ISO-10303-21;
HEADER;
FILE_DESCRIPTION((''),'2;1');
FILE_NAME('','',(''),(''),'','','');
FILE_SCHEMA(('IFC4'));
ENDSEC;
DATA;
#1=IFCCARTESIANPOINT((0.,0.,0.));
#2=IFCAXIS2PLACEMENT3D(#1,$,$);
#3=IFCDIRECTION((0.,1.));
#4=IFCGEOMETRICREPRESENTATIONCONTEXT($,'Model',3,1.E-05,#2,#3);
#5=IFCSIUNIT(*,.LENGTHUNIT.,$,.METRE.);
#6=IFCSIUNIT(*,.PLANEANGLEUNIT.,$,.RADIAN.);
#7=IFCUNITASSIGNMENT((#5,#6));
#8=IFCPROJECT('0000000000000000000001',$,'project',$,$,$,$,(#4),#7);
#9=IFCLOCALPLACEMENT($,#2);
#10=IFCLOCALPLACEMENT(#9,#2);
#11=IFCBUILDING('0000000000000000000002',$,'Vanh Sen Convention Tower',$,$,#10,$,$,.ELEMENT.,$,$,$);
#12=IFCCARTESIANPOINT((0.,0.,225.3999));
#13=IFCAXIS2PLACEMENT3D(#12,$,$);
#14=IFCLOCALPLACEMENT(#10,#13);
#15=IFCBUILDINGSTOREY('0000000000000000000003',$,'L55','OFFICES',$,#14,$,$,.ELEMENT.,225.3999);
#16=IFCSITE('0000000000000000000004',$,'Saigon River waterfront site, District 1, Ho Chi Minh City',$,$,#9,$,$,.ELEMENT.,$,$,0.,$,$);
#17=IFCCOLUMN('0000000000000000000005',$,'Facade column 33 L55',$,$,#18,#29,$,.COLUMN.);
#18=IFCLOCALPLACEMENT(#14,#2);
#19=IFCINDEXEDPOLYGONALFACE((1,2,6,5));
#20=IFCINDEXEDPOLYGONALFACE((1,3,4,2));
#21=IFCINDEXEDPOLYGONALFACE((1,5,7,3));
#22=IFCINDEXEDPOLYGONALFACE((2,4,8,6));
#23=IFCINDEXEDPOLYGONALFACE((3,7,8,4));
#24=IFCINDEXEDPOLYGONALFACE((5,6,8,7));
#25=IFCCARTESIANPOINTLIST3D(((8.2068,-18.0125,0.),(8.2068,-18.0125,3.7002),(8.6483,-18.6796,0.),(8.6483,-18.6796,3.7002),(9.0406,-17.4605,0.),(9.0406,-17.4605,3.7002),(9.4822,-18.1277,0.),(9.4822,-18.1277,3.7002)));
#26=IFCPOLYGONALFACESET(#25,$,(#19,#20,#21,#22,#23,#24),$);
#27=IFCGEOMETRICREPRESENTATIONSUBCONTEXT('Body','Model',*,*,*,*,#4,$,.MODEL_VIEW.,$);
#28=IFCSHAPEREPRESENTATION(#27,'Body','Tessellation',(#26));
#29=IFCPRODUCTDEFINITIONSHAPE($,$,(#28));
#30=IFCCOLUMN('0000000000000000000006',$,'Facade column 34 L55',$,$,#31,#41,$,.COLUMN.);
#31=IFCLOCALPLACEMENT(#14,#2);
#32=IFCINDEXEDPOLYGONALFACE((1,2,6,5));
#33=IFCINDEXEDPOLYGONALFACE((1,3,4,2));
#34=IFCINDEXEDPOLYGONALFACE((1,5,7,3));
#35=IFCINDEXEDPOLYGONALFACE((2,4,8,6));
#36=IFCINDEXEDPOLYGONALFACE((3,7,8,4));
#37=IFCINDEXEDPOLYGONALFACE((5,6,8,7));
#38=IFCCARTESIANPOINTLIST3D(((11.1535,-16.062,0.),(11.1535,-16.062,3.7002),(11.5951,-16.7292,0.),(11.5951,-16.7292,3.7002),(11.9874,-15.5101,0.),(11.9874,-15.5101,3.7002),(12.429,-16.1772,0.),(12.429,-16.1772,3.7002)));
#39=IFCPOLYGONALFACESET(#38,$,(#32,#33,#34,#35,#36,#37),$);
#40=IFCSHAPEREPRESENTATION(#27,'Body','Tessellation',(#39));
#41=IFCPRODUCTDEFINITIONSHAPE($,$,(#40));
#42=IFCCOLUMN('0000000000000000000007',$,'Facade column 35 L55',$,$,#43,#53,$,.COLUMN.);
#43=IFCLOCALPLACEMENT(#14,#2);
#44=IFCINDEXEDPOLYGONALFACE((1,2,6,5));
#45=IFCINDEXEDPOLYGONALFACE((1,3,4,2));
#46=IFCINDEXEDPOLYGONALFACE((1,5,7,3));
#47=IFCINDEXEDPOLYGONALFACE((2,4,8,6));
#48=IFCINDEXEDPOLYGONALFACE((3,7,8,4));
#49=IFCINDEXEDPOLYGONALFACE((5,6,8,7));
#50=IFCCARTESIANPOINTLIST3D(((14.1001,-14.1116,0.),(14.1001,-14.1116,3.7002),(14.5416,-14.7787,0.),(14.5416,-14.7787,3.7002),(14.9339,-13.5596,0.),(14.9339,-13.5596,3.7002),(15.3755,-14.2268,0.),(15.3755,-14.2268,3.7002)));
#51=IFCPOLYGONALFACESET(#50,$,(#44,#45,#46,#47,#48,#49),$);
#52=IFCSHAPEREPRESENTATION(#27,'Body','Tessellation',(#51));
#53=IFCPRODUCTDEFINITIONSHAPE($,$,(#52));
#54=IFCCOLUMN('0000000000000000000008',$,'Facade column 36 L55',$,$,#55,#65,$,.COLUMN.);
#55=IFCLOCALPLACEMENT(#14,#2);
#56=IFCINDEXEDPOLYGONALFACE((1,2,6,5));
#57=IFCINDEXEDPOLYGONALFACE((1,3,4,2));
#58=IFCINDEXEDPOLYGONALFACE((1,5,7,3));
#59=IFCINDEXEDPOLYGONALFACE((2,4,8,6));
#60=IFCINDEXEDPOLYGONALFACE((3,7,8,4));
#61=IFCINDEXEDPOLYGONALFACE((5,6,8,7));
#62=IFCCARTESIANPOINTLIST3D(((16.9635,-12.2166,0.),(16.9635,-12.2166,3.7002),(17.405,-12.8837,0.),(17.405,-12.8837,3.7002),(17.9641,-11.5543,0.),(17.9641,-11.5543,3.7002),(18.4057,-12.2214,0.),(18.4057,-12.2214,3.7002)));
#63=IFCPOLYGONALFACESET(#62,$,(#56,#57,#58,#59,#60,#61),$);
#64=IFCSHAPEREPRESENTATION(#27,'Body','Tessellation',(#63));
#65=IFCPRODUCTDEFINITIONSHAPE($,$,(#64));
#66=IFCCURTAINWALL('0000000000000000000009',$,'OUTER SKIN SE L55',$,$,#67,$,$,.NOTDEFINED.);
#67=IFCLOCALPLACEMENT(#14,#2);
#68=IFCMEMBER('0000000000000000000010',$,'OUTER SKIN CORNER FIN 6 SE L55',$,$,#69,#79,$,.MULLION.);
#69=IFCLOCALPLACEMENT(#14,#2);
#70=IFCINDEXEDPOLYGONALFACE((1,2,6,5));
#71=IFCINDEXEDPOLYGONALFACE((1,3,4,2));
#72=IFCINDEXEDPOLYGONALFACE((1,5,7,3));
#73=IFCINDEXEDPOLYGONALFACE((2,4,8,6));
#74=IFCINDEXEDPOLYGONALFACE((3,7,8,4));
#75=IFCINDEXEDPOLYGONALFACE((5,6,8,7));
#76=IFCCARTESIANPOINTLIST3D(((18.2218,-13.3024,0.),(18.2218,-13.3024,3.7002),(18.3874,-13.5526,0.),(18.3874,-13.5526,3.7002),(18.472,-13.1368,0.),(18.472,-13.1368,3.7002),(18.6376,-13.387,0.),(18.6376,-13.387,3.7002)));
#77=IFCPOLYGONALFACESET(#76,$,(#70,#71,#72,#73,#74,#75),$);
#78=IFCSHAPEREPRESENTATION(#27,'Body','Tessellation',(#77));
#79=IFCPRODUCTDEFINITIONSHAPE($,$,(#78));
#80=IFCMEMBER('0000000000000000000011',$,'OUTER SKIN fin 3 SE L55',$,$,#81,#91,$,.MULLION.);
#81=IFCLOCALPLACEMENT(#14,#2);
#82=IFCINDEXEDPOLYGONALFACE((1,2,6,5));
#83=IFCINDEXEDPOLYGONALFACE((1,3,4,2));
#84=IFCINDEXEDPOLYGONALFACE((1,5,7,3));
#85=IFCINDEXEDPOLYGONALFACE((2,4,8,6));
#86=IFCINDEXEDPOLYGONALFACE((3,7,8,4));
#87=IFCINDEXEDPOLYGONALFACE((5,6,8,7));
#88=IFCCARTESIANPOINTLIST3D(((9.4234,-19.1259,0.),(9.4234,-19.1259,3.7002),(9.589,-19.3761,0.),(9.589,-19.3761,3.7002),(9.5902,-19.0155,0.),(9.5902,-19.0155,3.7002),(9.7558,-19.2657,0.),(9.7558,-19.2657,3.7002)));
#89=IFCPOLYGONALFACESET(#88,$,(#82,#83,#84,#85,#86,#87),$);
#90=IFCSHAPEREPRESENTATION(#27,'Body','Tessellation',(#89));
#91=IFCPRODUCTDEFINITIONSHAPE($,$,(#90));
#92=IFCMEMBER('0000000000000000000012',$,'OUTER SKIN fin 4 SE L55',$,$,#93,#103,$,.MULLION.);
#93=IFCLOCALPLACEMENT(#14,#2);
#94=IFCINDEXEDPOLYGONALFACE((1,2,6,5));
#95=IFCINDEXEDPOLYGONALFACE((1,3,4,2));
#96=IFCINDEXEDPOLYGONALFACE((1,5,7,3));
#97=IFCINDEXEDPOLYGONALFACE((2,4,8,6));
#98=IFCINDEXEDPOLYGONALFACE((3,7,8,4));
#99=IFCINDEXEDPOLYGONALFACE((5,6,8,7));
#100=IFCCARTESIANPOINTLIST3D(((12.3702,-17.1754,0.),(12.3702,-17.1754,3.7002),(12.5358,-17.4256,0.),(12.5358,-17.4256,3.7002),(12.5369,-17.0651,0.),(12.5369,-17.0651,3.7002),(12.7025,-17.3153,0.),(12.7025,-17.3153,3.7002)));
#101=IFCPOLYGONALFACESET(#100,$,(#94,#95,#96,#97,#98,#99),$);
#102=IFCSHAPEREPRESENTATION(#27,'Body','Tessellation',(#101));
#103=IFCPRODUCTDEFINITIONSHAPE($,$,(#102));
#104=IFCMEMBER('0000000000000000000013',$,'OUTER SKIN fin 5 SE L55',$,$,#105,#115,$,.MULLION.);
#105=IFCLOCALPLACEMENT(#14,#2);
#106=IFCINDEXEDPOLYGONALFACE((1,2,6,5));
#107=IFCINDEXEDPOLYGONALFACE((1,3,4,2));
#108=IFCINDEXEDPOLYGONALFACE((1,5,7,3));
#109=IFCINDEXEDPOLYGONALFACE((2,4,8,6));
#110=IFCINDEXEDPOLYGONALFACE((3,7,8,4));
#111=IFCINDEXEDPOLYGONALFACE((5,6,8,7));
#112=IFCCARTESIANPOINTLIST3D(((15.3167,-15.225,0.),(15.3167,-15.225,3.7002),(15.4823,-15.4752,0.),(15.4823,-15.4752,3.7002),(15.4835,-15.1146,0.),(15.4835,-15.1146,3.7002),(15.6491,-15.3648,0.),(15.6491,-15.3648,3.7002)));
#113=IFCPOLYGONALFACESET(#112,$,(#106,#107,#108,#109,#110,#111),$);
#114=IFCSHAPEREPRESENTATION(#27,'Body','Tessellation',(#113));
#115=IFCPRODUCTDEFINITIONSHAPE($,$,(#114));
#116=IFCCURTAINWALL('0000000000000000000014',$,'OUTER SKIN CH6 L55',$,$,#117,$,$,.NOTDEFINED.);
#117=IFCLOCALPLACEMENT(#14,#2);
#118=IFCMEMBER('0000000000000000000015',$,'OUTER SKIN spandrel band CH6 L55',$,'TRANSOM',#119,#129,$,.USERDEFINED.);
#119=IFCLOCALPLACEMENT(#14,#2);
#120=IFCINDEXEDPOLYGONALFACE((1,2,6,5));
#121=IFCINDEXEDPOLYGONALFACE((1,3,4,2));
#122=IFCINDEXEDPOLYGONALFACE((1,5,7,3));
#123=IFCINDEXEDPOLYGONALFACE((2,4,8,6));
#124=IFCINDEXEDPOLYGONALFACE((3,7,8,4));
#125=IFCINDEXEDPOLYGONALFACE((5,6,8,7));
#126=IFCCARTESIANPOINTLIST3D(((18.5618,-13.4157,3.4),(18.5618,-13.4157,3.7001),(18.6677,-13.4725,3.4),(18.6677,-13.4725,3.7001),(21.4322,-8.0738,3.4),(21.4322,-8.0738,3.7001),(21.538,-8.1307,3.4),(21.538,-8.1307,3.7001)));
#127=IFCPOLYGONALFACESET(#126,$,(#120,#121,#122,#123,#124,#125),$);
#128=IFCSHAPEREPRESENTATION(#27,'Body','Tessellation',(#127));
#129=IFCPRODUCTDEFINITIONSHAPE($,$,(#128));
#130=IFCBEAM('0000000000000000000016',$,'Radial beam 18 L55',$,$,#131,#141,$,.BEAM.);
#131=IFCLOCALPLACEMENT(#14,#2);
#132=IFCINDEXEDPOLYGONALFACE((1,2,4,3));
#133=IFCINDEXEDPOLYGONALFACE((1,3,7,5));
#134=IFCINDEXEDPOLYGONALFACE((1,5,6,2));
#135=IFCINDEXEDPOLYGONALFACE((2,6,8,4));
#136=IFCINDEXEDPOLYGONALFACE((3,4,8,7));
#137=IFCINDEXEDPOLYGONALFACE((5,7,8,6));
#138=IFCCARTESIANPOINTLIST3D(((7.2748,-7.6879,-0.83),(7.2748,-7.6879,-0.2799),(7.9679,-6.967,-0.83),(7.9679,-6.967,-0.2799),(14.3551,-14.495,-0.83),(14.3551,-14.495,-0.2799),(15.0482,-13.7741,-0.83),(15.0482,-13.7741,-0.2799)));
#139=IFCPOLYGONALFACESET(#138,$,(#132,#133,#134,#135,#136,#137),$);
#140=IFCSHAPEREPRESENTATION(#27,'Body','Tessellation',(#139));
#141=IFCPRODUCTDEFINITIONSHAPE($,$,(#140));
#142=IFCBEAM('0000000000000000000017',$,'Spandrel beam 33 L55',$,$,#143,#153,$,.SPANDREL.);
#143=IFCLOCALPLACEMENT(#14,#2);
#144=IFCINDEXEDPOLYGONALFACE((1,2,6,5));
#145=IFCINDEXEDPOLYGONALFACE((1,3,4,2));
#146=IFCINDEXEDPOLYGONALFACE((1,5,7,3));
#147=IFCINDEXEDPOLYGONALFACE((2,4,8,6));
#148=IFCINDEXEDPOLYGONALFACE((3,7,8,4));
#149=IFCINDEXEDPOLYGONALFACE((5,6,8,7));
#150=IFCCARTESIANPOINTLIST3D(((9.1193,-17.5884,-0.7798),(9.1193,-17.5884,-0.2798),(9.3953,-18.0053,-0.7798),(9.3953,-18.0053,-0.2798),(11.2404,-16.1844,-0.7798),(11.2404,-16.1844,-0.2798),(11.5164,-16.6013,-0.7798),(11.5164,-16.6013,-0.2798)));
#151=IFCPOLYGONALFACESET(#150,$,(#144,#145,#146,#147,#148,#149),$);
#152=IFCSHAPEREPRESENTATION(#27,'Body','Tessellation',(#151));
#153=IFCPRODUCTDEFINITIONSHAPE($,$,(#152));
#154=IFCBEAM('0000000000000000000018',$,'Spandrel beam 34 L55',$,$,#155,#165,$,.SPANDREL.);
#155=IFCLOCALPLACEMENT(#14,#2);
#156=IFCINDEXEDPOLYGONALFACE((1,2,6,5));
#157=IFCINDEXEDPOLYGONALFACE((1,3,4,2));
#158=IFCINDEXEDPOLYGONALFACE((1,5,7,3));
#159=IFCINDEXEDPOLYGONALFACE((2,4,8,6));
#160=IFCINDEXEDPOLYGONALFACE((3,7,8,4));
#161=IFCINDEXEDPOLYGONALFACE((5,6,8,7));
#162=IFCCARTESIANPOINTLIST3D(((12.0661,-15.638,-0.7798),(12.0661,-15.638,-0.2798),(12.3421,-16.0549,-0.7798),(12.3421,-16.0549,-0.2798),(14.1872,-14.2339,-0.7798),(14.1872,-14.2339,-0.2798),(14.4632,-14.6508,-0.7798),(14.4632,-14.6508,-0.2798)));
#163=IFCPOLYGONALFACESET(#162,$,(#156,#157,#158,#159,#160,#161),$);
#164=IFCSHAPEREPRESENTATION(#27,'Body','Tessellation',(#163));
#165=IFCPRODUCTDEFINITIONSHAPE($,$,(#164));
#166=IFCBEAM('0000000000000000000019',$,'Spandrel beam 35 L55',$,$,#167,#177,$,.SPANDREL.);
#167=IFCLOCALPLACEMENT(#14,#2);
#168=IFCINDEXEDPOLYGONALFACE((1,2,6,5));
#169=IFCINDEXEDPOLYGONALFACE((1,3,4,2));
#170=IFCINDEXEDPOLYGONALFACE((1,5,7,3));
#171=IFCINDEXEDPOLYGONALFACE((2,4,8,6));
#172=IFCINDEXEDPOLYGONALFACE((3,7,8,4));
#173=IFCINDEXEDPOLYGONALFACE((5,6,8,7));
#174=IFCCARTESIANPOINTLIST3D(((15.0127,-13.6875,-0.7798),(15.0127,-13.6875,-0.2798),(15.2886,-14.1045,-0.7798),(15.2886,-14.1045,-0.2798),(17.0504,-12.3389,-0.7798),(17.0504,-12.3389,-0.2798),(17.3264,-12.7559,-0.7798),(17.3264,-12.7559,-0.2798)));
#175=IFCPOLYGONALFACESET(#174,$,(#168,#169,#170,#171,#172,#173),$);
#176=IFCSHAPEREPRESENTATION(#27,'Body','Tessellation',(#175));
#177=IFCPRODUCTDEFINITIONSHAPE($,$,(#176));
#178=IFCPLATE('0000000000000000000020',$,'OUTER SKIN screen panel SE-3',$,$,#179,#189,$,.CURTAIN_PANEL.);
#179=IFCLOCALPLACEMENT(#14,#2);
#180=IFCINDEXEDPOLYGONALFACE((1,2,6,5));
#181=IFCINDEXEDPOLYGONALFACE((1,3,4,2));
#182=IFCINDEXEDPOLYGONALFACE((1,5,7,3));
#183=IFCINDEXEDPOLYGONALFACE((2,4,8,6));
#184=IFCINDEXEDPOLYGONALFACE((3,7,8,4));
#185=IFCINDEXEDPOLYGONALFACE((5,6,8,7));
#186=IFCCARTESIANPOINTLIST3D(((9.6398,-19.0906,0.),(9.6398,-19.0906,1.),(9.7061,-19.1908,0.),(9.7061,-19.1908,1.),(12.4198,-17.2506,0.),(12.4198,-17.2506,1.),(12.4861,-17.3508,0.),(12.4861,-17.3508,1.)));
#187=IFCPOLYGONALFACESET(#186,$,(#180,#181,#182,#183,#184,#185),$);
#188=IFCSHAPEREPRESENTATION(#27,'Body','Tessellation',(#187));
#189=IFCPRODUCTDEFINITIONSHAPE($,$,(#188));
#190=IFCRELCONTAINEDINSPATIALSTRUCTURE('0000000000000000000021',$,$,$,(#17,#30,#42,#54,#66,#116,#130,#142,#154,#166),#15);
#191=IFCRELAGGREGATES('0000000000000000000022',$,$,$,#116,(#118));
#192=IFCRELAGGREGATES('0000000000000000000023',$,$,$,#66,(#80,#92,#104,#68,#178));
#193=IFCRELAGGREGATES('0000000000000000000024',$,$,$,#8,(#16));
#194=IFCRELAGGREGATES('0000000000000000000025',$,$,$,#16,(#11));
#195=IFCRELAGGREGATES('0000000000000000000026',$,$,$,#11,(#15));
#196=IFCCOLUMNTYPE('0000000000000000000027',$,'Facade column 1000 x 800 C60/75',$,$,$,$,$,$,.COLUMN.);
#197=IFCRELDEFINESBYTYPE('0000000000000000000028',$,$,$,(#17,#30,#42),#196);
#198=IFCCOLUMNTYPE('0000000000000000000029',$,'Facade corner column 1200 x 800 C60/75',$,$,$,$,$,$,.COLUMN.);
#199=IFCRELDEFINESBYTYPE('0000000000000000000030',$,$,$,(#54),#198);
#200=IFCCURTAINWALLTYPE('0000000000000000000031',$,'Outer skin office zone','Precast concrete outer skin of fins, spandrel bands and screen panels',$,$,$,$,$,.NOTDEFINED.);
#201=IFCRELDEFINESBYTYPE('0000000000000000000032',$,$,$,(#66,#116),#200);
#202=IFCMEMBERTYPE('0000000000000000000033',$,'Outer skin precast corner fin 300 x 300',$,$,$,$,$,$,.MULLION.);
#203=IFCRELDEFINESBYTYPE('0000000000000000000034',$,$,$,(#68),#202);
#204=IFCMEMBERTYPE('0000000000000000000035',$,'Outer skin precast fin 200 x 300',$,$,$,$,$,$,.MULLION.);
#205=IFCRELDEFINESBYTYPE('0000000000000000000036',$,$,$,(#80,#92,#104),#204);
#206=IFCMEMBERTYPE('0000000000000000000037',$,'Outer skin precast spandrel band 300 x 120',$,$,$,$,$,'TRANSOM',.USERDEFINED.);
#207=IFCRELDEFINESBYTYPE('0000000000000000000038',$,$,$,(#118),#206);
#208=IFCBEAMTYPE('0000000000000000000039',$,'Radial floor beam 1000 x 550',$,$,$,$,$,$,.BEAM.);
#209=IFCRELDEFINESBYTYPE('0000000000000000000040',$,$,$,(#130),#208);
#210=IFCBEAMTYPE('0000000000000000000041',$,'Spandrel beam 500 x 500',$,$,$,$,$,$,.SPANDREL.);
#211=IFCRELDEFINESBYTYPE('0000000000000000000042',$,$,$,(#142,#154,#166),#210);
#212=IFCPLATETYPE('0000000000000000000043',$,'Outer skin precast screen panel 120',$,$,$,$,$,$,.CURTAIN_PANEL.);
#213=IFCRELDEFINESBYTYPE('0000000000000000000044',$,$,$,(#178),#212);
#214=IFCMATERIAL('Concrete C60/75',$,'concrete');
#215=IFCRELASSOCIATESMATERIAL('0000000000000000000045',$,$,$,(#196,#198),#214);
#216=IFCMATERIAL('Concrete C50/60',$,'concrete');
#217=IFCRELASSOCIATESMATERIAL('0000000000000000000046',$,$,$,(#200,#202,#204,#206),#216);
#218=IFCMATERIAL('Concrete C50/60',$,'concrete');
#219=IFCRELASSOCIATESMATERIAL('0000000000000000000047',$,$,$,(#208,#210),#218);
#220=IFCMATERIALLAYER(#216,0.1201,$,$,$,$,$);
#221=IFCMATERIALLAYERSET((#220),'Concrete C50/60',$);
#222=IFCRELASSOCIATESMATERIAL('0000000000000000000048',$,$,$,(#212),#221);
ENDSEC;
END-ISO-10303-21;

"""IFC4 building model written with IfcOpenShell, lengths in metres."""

from ifc_helpers import new_model, si_unit, direction, frame, origin, origin_2d, place, context, subcontext, project, spatial, rectangle, extrude, material, layer, layer_set, material_profile, profile_set, type_object, element, aggregate, save


model = new_model("IFC4")

# Units and contexts
model_context = context("Model", 3, precision=1e-05, world=origin(), true_north=direction((0.0, 1.0)))
body_context = subcontext(model_context, "Body", "Model", "MODEL_VIEW")
ifc_project = project(units=[si_unit("LENGTHUNIT", "METRE"), si_unit("PLANEANGLEUNIT", "RADIAN")], contexts=[model_context])

# Site, building, storey
site_placement = place(None, origin())
site = spatial("IfcSite", under=ifc_project, at=site_placement, Name="Saigon River waterfront site, District 1, Ho Chi Minh City", CompositionType="ELEMENT", RefElevation=0.0)
building_placement = place(site_placement, origin())
building = spatial("IfcBuilding", under=site, at=building_placement, Name="Vanh Sen Convention Tower", CompositionType="ELEMENT")
storey_placement = place(building_placement, frame((0.0, 0.0, 225.3999)))
storey = spatial("IfcBuildingStorey", under=building, at=storey_placement, Name="L55", Description="OFFICES", CompositionType="ELEMENT", Elevation=225.3999)

# Columns
ifc_material_1 = material(Name="Concrete C60/75", Category="concrete")
ifc_material_profile_1 = material_profile(ifc_material_1, rectangle(XDim=1.0, YDim=0.8, at=origin_2d()), Name="RC 1000X800")
ifc_profile_set_1 = profile_set([ifc_material_profile_1], Name="Concrete C60/75")
column_type_1 = type_object("IfcColumnType", Name="Facade column 1000 x 800 C60/75", PredefinedType="COLUMN", material=ifc_profile_set_1)
for number, where, z_axis, x_axis, name in (
    (1, (8.8445, -18.0701, 0.0), (0.0, 0.0, 1.0), (0.833886, 0.551937, 0.0), "Facade column 33 L55"),
    (2, (11.7913, -16.1196, 0.0), (0.0, 0.0, 1.0), (0.833886, 0.551937, 0.0), "Facade column 34 L55"),
    (3, (14.7378, -14.1692, 0.0), (0.0, 0.0, 1.0), (0.833886, 0.551937, 0.0), "Facade column 35 L55"),
):
    element("IfcColumn", number, at=place(storey_placement, frame(where, z_axis=z_axis, x_axis=x_axis)), inside=storey, type_object=column_type_1, Name=name, PredefinedType="COLUMN", context=body_context, shape_type="SweptSolid", body=[
        extrude(rectangle(XDim=1.0, YDim=0.8, at=origin_2d()), origin(), (0.0, 0.0, 1.0), 3.7002),
    ])
ifc_material_profile_2 = material_profile(ifc_material_1, rectangle(XDim=1.2, YDim=0.8, at=origin_2d()), Name="RC 1200X800")
ifc_profile_set_2 = profile_set([ifc_material_profile_2], Name="Concrete C60/75")
column_type_2 = type_object("IfcColumnType", Name="Facade corner column 1200 x 800 C60/75", PredefinedType="COLUMN", material=ifc_profile_set_2)
column_placement = place(storey_placement, frame((17.6846, -12.219, 0.0), z_axis=(0.0, 0.0, 1.0), x_axis=(0.833886, 0.551937, 0.0)))
element("IfcColumn", 4, at=column_placement, inside=storey, type_object=column_type_2, Name="Facade column 36 L55", PredefinedType="COLUMN", context=body_context, shape_type="SweptSolid", body=[
    extrude(rectangle(XDim=1.2, YDim=0.8, at=origin_2d()), origin(), (0.0, 0.0, 1.0), 3.7002),
])

# Curtain wall, members
ifc_material_2 = material(Name="Concrete C50/60", Category="concrete")
curtain_wall_type = type_object("IfcCurtainWallType", Name="Outer skin office zone", Description="Precast concrete outer skin of fins, spandrel bands and screen panels", PredefinedType="NOTDEFINED", material=ifc_material_2)
curtain_wall_1_placement = place(storey_placement, origin())
curtain_wall_1 = element("IfcCurtainWall", 5, at=curtain_wall_1_placement, inside=storey, type_object=curtain_wall_type, Name="OUTER SKIN SE L55", PredefinedType="NOTDEFINED")
ifc_material_profile_3 = material_profile(ifc_material_2, rectangle(XDim=0.3, YDim=0.3, at=origin_2d()), Name="Outer skin precast corner fin 300 x 300")
ifc_profile_set_3 = profile_set([ifc_material_profile_3], Name="Concrete C50/60")
member_type_1 = type_object("IfcMemberType", Name="Outer skin precast corner fin 300 x 300", PredefinedType="MULLION", material=ifc_profile_set_3)
member_1_placement = place(storey_placement, frame((18.4297, -13.3447, 0.0), z_axis=(0.0, 0.0, 1.0), x_axis=(0.833886, 0.551937, 0.0)))
member_1 = element("IfcMember", 6, at=member_1_placement, type_object=member_type_1, Name="OUTER SKIN CORNER FIN 6 SE L55", PredefinedType="MULLION", context=body_context, shape_type="SweptSolid", body=[
    extrude(rectangle(XDim=0.3, YDim=0.3, at=origin_2d()), origin(), (0.0, 0.0, 1.0), 3.7002),
])
ifc_material_profile_4 = material_profile(ifc_material_2, rectangle(XDim=0.2, YDim=0.3, at=origin_2d()), Name="Outer skin precast fin 200 x 300")
ifc_profile_set_4 = profile_set([ifc_material_profile_4], Name="Concrete C50/60")
member_type_2 = type_object("IfcMemberType", Name="Outer skin precast fin 200 x 300", PredefinedType="MULLION", material=ifc_profile_set_4)
member_2_placement = place(storey_placement, frame((9.5896, -19.1958, 0.0), z_axis=(0.0, 0.0, 1.0), x_axis=(0.833886, 0.551937, 0.0)))
member_2 = element("IfcMember", 7, at=member_2_placement, type_object=member_type_2, Name="OUTER SKIN fin 3 SE L55", PredefinedType="MULLION", context=body_context, shape_type="SweptSolid", body=[
    extrude(rectangle(XDim=0.2, YDim=0.3, at=origin_2d()), origin(), (0.0, 0.0, 1.0), 3.7002),
])
member_3_placement = place(storey_placement, frame((12.5364, -17.2454, 0.0), z_axis=(0.0, 0.0, 1.0), x_axis=(0.833886, 0.551937, 0.0)))
member_3 = element("IfcMember", 8, at=member_3_placement, type_object=member_type_2, Name="OUTER SKIN fin 4 SE L55", PredefinedType="MULLION", context=body_context, shape_type="SweptSolid", body=[
    extrude(rectangle(XDim=0.2, YDim=0.3, at=origin_2d()), origin(), (0.0, 0.0, 1.0), 3.7002),
])
member_4_placement = place(storey_placement, frame((15.4829, -15.2949, 0.0), z_axis=(0.0, 0.0, 1.0), x_axis=(0.833886, 0.551937, 0.0)))
member_4 = element("IfcMember", 9, at=member_4_placement, type_object=member_type_2, Name="OUTER SKIN fin 5 SE L55", PredefinedType="MULLION", context=body_context, shape_type="SweptSolid", body=[
    extrude(rectangle(XDim=0.2, YDim=0.3, at=origin_2d()), origin(), (0.0, 0.0, 1.0), 3.7002),
])

# Curtain wall, member
curtain_wall_2_placement = place(storey_placement, origin())
curtain_wall_2 = element("IfcCurtainWall", 10, at=curtain_wall_2_placement, inside=storey, type_object=curtain_wall_type, Name="OUTER SKIN CH6 L55", PredefinedType="NOTDEFINED")
ifc_material_profile_5 = material_profile(ifc_material_2, rectangle(XDim=0.1201, YDim=0.3, at=origin_2d()), Name="Outer skin precast spandrel band 300 x 120")
ifc_profile_set_5 = profile_set([ifc_material_profile_5], Name="Concrete C50/60")
member_type_3 = type_object("IfcMemberType", Name="Outer skin precast spandrel band 300 x 120", ElementType="TRANSOM", PredefinedType="USERDEFINED", material=ifc_profile_set_5)
member_5_placement = place(storey_placement, frame((18.6147, -13.4441, 3.55), z_axis=(0.473334, 0.880883, 0.0), x_axis=(-0.880883, 0.473334, 0.0)))
member_5 = element("IfcMember", 11, at=member_5_placement, type_object=member_type_3, Name="OUTER SKIN spandrel band CH6 L55", ObjectType="TRANSOM", PredefinedType="USERDEFINED", context=body_context, shape_type="SweptSolid", body=[
    extrude(rectangle(XDim=0.1201, YDim=0.3, at=origin_2d()), origin(), (0.0, 0.0, 1.0), 6.0642),
])
aggregate(curtain_wall_2, [member_5])

# Beams
ifc_material_3 = material(Name="Concrete C50/60", Category="concrete")
ifc_material_profile_6 = material_profile(ifc_material_3, rectangle(XDim=1.0, YDim=0.55, at=origin_2d()), Name="RC 1000X550")
ifc_profile_set_6 = profile_set([ifc_material_profile_6], Name="Concrete C50/60")
beam_type_1 = type_object("IfcBeamType", Name="Radial floor beam 1000 x 550", PredefinedType="BEAM", material=ifc_profile_set_6)
beam_1_placement = place(storey_placement, frame((14.7017, -14.1345, -0.5549), z_axis=(-0.720877, 0.693063, 0.0), x_axis=(-0.693063, -0.720877, 0.0)))
element("IfcBeam", 12, at=beam_1_placement, inside=storey, type_object=beam_type_1, Name="Radial beam 18 L55", PredefinedType="BEAM", context=body_context, shape_type="SweptSolid", body=[
    extrude(rectangle(XDim=1.0, YDim=0.55, at=origin_2d()), origin(), (0.0, 0.0, 1.0), 9.8218),
])
ifc_material_profile_7 = material_profile(ifc_material_3, rectangle(XDim=0.5, YDim=0.5, at=origin_2d()), Name="RC 500X500")
ifc_profile_set_7 = profile_set([ifc_material_profile_7], Name="Concrete C50/60")
beam_type_2 = type_object("IfcBeamType", Name="Spandrel beam 500 x 500", PredefinedType="SPANDREL", material=ifc_profile_set_7)
for number, where, z_axis, x_axis, name in (
    (13, (9.2573, -17.7969, -0.5298), (0.833862, 0.551973, 0.0), (-0.551973, 0.833862, 0.0), "Spandrel beam 33 L55"),
    (14, (12.2041, -15.8464, -0.5298), (0.833862, 0.551973, 0.0), (-0.551973, 0.833862, 0.0), "Spandrel beam 34 L55"),
):
    element("IfcBeam", number, at=place(storey_placement, frame(where, z_axis=z_axis, x_axis=x_axis)), inside=storey, type_object=beam_type_2, Name=name, PredefinedType="SPANDREL", context=body_context, shape_type="SweptSolid", body=[
        extrude(rectangle(XDim=0.5, YDim=0.5, at=origin_2d()), origin(), (0.0, 0.0, 1.0), 2.5437),
    ])
beam_2_placement = place(storey_placement, frame((15.1506, -13.896, -0.5298), z_axis=(0.833921, 0.551884, 0.0), x_axis=(-0.551884, 0.833921, 0.0)))
element("IfcBeam", 15, at=beam_2_placement, inside=storey, type_object=beam_type_2, Name="Spandrel beam 35 L55", PredefinedType="SPANDREL", context=body_context, shape_type="SweptSolid", body=[
    extrude(rectangle(XDim=0.5, YDim=0.5, at=origin_2d()), origin(), (0.0, 0.0, 1.0), 2.4436),
])

# Plate
ifc_layer_1 = layer(ifc_material_2, 0.1201)
ifc_layer_set_1 = layer_set([ifc_layer_1], Name="Concrete C50/60")
plate_type = type_object("IfcPlateType", Name="Outer skin precast screen panel 120", PredefinedType="CURTAIN_PANEL", material=ifc_layer_set_1)
plate_1_placement = place(storey_placement, frame((11.063, -18.2207, 0.0), z_axis=(0.0, 0.0, 1.0), x_axis=(0.833896, 0.551921, 0.0)))
plate_1 = element("IfcPlate", 16, at=plate_1_placement, type_object=plate_type, Name="OUTER SKIN screen panel SE-3", PredefinedType="CURTAIN_PANEL", context=body_context, shape_type="SweptSolid", body=[
    extrude(rectangle(XDim=3.3337, YDim=0.1201, at=origin_2d()), origin(), (0.0, 0.0, 1.0), 1.0),
])
aggregate(curtain_wall_1, [member_2, member_3, member_4, member_1, plate_1])

save(model, "model.ifc")
